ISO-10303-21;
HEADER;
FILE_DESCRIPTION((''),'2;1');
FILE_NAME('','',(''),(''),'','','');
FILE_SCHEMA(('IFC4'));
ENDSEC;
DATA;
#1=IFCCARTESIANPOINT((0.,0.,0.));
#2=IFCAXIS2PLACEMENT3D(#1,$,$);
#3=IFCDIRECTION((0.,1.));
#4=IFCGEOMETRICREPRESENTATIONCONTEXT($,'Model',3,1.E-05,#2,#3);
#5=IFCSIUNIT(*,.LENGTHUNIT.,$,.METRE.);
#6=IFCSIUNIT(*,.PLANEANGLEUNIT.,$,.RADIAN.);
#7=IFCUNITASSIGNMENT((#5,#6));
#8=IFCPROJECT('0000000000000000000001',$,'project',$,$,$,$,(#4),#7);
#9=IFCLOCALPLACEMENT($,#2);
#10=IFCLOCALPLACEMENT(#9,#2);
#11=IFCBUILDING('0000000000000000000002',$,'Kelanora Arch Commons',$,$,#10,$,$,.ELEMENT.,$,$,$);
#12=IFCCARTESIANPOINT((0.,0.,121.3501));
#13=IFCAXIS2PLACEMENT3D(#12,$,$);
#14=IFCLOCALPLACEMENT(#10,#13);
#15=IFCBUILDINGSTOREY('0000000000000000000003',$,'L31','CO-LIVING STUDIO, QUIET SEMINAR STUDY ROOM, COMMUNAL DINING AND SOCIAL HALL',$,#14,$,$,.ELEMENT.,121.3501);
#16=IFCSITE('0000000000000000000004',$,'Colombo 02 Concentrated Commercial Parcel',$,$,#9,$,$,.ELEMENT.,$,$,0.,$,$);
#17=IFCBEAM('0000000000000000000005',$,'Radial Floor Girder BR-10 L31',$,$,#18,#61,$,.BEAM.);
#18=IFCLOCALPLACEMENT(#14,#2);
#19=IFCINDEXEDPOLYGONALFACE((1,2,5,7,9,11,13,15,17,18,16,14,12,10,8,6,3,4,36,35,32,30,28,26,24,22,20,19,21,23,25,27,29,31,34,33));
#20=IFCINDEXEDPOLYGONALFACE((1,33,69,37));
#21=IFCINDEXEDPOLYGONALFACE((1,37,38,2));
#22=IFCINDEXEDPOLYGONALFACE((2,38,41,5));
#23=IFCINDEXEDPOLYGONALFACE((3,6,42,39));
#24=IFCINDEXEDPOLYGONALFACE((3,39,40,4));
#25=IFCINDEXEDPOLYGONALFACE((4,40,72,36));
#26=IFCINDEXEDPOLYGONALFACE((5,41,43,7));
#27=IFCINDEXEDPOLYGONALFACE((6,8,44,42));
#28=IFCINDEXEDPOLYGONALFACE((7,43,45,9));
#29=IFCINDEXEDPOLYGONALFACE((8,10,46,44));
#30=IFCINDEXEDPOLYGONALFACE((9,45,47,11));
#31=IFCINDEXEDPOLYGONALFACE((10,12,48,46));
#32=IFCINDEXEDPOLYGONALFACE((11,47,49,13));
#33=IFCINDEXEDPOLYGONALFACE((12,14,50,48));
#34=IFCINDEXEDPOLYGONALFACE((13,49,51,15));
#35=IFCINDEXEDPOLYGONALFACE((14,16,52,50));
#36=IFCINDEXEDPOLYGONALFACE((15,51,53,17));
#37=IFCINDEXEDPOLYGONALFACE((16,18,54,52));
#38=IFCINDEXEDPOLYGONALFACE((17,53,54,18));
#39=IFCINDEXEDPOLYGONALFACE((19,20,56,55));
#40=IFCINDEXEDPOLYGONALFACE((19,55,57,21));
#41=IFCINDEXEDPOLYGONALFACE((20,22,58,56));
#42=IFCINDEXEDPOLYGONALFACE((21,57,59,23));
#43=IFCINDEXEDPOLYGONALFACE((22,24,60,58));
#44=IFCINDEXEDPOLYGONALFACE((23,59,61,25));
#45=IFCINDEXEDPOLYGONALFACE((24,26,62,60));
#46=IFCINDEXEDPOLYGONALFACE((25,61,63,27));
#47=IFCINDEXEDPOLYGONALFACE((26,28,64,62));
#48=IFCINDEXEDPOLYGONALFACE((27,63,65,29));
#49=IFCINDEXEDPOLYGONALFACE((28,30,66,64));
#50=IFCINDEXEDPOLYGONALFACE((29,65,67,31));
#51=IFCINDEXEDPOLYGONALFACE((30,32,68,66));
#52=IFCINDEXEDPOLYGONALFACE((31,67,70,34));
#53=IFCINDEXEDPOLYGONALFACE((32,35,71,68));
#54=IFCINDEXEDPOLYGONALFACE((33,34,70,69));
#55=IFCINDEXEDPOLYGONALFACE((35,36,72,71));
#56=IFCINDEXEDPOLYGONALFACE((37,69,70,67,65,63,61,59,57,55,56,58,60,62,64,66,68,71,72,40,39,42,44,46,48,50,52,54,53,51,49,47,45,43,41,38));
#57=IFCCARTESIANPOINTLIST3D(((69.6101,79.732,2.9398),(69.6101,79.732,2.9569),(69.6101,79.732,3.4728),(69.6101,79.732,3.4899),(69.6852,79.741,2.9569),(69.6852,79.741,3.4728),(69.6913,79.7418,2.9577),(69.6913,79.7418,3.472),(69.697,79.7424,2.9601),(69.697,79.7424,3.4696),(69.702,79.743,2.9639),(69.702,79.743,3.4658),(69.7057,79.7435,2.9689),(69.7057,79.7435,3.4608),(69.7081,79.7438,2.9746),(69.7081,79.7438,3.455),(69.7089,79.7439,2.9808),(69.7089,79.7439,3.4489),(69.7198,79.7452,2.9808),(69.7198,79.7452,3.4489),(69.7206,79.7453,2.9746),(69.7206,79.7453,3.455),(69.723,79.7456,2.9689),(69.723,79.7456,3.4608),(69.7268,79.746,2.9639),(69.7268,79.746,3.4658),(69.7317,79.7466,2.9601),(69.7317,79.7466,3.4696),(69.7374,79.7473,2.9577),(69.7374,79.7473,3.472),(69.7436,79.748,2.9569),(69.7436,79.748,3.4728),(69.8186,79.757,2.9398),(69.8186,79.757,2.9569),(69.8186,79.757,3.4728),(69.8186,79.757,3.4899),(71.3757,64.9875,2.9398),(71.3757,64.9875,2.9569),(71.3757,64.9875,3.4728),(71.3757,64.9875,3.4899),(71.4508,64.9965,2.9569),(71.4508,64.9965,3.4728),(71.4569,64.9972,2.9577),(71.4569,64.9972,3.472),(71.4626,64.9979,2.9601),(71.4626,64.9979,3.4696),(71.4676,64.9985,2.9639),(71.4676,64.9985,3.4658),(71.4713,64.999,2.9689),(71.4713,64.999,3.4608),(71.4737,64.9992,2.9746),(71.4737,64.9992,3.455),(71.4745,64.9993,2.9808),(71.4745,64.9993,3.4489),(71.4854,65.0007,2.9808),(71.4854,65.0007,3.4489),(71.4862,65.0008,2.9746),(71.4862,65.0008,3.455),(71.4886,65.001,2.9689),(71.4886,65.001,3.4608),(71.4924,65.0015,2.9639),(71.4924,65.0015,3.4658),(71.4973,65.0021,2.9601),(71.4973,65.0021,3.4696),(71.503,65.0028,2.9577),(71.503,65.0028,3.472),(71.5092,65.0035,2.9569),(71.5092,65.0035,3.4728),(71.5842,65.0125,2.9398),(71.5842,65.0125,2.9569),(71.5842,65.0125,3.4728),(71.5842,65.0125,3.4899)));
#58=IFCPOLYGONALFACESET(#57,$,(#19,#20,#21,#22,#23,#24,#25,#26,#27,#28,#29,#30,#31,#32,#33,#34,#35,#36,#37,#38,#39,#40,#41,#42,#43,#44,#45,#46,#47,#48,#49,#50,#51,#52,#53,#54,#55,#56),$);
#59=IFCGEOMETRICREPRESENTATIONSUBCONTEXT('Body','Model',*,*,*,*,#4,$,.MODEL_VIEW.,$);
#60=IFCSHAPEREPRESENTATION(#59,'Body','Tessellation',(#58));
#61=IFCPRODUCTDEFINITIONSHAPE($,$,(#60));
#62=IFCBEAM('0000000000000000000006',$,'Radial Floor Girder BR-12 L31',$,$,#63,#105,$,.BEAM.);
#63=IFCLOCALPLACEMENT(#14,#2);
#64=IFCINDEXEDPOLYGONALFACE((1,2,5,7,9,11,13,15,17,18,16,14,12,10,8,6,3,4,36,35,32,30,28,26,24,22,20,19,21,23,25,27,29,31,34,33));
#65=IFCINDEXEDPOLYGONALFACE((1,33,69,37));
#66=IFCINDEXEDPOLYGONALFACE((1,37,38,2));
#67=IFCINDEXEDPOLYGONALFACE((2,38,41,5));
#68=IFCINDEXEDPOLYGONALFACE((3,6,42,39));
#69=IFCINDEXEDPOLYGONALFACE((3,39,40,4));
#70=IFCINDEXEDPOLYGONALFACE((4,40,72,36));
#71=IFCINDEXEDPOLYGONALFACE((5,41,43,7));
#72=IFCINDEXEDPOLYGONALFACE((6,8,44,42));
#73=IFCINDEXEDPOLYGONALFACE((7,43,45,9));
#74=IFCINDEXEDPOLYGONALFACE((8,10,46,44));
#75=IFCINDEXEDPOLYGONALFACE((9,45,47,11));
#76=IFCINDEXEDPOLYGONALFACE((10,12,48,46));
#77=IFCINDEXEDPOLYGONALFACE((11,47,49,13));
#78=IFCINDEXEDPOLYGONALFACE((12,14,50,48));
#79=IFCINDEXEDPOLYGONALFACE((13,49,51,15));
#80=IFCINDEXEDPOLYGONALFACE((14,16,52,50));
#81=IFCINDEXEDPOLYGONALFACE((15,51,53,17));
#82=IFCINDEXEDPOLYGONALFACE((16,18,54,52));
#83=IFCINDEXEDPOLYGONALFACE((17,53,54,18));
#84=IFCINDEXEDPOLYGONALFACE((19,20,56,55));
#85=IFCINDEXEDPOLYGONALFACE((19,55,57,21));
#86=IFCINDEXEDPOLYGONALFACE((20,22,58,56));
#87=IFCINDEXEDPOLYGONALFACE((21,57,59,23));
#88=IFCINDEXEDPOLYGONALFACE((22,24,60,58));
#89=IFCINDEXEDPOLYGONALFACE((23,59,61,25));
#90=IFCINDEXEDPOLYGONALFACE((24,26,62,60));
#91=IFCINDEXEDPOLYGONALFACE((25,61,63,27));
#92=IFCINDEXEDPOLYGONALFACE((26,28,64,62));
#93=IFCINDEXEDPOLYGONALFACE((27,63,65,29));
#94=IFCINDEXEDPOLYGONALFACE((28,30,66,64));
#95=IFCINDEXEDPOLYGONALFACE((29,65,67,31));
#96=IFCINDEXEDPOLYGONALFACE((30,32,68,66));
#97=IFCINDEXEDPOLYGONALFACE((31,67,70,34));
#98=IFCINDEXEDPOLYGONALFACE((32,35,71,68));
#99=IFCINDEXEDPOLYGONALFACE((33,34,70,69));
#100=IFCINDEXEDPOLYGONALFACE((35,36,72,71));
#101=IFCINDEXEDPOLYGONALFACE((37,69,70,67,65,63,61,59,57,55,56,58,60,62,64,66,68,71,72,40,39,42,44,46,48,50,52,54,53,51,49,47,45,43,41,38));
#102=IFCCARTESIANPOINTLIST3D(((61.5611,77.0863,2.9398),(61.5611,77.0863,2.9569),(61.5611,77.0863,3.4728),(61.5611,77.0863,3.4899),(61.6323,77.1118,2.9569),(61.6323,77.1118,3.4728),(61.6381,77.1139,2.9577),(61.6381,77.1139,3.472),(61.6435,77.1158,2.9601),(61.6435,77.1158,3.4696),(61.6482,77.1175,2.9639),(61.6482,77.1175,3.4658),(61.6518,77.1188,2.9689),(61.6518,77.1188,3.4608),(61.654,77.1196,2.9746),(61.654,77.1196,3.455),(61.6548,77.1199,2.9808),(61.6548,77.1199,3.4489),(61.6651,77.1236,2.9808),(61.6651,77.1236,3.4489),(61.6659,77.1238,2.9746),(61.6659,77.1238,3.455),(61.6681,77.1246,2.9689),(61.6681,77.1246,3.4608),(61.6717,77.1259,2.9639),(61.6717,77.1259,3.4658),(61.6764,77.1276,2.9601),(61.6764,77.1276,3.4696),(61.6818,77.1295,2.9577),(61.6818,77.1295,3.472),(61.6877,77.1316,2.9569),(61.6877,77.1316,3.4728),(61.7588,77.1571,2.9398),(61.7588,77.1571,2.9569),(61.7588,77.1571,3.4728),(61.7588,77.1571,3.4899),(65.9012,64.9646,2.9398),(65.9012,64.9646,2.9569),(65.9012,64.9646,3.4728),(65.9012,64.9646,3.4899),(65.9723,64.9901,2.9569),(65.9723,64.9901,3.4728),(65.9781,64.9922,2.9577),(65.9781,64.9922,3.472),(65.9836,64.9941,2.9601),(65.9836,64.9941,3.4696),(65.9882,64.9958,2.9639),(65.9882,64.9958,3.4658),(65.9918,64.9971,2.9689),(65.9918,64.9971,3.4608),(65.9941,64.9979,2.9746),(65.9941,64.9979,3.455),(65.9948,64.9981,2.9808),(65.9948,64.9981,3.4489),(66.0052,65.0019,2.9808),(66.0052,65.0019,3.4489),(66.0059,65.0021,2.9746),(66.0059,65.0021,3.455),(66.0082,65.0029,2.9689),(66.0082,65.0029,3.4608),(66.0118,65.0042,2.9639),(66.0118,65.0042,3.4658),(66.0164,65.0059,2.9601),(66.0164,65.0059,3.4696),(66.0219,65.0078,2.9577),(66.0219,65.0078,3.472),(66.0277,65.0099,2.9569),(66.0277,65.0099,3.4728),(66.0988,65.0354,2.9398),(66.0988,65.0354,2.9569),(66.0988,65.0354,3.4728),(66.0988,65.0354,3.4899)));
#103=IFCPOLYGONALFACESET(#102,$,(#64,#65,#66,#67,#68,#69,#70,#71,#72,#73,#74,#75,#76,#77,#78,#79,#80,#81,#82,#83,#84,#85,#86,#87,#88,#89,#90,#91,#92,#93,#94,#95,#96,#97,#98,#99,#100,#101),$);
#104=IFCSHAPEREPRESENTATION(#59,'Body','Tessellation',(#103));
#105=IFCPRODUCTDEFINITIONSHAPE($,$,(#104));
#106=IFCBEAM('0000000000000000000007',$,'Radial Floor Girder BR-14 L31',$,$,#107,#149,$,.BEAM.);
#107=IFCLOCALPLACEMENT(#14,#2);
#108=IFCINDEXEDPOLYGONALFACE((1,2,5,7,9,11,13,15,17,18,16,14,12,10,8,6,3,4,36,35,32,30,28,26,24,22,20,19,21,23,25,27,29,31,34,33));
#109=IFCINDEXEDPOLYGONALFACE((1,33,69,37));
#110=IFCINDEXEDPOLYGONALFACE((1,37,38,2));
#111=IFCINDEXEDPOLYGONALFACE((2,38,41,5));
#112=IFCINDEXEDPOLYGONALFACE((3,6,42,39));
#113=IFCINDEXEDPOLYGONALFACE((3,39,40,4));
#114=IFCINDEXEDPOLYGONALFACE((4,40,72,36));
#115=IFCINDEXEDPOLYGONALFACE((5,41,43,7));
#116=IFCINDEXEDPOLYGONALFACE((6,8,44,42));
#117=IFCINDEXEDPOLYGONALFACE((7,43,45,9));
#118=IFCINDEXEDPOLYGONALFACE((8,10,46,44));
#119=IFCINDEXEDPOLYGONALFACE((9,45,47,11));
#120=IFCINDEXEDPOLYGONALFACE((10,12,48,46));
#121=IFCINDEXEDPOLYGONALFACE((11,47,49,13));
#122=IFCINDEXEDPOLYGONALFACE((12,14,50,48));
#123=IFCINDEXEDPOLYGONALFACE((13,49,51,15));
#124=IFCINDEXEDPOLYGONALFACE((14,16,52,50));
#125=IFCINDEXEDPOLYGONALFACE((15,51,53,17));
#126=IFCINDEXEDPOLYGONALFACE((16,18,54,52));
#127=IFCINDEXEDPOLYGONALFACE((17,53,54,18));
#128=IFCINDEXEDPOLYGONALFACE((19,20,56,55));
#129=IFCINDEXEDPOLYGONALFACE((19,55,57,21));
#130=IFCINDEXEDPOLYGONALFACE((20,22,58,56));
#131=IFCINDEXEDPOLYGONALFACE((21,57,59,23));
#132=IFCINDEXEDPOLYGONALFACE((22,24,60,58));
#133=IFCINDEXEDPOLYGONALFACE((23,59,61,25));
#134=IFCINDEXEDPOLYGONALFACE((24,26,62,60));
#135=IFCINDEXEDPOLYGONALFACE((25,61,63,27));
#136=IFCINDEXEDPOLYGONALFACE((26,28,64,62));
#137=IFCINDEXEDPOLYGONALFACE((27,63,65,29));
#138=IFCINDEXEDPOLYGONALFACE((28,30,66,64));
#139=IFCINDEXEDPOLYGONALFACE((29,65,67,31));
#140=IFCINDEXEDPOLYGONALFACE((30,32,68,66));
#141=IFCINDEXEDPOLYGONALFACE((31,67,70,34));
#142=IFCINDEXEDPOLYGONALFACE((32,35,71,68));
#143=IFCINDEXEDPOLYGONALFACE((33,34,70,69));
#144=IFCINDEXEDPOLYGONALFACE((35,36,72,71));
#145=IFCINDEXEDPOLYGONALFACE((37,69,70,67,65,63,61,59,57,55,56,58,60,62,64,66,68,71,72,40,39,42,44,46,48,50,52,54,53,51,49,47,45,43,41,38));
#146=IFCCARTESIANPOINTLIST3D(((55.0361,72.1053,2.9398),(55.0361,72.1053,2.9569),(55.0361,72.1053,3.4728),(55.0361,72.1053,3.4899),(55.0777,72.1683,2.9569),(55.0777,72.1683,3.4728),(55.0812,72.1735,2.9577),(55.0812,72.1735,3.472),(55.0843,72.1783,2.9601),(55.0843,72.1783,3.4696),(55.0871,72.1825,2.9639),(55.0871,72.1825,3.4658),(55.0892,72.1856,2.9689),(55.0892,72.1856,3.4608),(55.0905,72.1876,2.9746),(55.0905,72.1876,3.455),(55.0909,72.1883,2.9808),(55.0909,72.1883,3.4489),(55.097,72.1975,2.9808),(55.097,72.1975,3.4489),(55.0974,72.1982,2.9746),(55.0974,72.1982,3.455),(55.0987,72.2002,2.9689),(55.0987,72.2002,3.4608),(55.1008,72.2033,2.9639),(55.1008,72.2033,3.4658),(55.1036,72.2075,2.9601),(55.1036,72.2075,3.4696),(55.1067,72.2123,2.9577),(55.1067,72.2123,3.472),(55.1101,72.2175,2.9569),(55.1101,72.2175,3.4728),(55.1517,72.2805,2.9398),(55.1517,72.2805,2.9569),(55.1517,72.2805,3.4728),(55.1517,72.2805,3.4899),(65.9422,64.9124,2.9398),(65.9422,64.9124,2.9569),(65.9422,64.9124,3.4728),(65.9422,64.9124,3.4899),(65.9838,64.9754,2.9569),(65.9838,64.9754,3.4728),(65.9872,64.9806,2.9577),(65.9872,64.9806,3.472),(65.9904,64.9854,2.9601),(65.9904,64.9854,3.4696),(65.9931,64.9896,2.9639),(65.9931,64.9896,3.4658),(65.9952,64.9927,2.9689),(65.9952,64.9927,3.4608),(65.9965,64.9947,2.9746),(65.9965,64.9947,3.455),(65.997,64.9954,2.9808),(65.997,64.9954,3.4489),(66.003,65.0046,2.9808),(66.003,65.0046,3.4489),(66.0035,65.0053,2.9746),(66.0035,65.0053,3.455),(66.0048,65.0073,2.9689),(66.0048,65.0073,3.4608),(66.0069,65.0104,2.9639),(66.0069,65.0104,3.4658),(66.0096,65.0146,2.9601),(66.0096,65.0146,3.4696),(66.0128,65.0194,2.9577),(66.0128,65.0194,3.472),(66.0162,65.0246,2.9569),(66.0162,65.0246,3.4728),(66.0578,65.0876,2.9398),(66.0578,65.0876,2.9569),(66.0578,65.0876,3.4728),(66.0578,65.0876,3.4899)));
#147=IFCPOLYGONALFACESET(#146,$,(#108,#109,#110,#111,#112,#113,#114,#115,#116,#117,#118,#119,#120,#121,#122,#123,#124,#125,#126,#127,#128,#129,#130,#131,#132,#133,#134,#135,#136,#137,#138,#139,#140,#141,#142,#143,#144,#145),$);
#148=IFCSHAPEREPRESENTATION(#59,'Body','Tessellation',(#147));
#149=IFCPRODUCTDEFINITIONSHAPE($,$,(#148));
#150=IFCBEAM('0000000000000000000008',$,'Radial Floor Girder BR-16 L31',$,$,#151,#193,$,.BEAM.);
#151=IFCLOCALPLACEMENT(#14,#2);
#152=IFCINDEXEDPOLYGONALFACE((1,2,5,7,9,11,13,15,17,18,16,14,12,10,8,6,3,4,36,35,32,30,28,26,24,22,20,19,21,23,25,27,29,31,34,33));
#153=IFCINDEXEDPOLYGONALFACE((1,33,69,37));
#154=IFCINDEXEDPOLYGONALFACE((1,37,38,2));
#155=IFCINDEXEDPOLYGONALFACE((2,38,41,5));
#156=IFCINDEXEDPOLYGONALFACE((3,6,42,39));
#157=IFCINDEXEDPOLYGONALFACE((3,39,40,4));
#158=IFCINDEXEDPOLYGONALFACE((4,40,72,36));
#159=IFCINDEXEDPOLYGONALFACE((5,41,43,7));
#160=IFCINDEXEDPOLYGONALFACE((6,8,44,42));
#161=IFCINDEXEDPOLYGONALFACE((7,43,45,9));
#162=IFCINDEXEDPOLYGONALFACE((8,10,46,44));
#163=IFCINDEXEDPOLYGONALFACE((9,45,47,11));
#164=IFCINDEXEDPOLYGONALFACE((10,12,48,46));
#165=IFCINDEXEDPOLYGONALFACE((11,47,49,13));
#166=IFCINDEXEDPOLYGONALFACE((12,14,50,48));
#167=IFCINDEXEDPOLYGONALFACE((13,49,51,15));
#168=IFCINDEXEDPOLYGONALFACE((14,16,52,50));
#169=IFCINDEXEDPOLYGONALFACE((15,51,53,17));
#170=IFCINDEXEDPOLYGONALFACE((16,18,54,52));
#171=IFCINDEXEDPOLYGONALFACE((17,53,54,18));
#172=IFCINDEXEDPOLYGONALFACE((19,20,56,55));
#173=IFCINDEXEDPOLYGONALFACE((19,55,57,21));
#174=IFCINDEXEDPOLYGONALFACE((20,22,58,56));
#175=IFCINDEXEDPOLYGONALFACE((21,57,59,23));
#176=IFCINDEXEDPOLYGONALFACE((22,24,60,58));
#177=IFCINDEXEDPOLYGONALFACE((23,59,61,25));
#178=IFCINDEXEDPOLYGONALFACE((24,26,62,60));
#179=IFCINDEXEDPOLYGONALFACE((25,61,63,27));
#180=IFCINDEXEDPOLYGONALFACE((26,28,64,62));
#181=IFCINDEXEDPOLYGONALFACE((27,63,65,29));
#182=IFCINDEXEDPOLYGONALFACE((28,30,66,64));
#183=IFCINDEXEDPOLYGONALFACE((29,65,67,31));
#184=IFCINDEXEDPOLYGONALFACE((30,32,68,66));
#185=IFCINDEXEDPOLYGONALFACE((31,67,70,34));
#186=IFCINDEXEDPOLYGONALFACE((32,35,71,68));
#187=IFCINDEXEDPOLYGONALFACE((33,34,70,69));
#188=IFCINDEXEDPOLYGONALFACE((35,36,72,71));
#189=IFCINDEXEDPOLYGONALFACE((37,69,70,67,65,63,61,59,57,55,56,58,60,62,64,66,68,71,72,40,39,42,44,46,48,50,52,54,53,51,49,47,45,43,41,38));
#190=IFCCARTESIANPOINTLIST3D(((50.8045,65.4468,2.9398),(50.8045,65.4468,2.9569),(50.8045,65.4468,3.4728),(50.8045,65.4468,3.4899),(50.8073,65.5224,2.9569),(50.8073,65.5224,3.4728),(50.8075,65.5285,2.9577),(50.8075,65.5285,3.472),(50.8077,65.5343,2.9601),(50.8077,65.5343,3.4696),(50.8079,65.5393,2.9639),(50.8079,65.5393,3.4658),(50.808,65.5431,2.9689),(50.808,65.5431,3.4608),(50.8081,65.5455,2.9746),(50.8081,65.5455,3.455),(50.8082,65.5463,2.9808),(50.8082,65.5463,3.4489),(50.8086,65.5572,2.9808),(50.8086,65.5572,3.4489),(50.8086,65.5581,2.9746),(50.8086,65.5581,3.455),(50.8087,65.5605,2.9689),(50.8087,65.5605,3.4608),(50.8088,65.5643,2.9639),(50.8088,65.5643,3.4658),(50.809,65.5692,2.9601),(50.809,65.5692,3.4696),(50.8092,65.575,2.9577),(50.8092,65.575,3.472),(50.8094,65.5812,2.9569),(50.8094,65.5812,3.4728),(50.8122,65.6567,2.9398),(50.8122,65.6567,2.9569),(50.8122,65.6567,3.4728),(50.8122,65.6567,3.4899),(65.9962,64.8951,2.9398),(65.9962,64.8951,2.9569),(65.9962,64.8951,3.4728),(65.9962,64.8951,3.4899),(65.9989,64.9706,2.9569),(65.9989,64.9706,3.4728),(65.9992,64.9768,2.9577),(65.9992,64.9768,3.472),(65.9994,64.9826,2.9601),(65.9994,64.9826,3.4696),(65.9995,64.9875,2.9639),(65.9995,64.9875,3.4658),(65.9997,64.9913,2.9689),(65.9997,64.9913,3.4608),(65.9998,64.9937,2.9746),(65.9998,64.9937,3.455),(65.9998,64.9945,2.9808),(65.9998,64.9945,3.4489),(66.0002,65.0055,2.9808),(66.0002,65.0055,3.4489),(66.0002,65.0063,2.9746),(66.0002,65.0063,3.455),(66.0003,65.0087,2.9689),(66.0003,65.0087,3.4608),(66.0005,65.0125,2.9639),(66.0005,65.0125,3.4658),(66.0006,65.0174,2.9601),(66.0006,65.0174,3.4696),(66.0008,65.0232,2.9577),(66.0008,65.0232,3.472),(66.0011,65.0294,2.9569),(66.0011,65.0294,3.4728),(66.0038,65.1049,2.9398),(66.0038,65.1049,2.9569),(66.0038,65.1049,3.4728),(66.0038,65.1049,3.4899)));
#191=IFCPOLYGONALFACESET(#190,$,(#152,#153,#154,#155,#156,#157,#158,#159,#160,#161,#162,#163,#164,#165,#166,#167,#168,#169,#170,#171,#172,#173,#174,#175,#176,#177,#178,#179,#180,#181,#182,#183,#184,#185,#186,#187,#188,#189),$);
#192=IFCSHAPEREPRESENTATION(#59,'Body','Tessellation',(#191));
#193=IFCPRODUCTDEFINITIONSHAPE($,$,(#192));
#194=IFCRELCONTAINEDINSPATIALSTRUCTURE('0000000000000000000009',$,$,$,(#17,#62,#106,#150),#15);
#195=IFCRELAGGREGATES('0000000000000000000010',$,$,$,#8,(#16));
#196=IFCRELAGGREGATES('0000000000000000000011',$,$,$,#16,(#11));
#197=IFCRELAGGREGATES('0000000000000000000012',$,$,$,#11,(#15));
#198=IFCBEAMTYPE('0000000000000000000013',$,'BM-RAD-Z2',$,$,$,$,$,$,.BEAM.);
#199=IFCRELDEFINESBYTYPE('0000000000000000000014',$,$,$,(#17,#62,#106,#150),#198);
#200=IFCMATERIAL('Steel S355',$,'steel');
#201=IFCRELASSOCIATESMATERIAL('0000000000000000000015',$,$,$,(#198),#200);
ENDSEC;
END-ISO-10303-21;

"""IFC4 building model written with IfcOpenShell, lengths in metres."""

from ifc_helpers import new_model, si_unit, direction, frame, origin, origin_2d, place, context, subcontext, project, spatial, i_section, extrude, material, material_profile, profile_set, type_object, element, save


model = new_model("IFC4")

# Units and contexts
model_context = context("Model", 3, precision=1e-05, world=origin(), true_north=direction((0.0, 1.0)))
body_context = subcontext(model_context, "Body", "Model", "MODEL_VIEW")
ifc_project = project(units=[si_unit("LENGTHUNIT", "METRE"), si_unit("PLANEANGLEUNIT", "RADIAN")], contexts=[model_context])

# Site, building, storey
site_placement = place(None, origin())
site = spatial("IfcSite", under=ifc_project, at=site_placement, Name="Colombo 02 Concentrated Commercial Parcel", CompositionType="ELEMENT", RefElevation=0.0)
building_placement = place(site_placement, origin())
building = spatial("IfcBuilding", under=site, at=building_placement, Name="Kelanora Arch Commons", CompositionType="ELEMENT")
storey_placement = place(building_placement, frame((0.0, 0.0, 121.3501)))
storey = spatial("IfcBuildingStorey", under=building, at=storey_placement, Name="L31", Description="CO-LIVING STUDIO, QUIET SEMINAR STUDY ROOM, COMMUNAL DINING AND SOCIAL HALL", CompositionType="ELEMENT", Elevation=121.3501)

# Beams
ifc_material_1 = material(Name="Steel S355", Category="steel")
ifc_material_profile_1 = material_profile(ifc_material_1, i_section(OverallWidth=0.21, OverallDepth=0.55, WebThickness=0.011, FlangeThickness=0.0171, FilletRadius=0.0239, at=origin_2d()), Name="IPE550")
ifc_profile_set_1 = profile_set([ifc_material_profile_1], Name="Steel S355")
beam_type_1 = type_object("IfcBeamType", Name="BM-RAD-Z2", PredefinedType="BEAM", material=ifc_profile_set_1)
beam_1_placement = place(storey_placement, frame((71.48, 65.0, 3.2148), z_axis=(-0.118898, 0.992907, 0.0), x_axis=(-0.992907, -0.118898, 0.0)))
element("IfcBeam", 1, at=beam_1_placement, inside=storey, type_object=beam_type_1, Name="Radial Floor Girder BR-10 L31", PredefinedType="BEAM", context=body_context, shape_type="SweptSolid", body=[
    extrude(i_section(OverallWidth=0.21, OverallDepth=0.55, WebThickness=0.011, FlangeThickness=0.0171, FilletRadius=0.0239, at=origin_2d()), origin(), (0.0, 0.0, 1.0), 14.8499),
])
beam_2_placement = place(storey_placement, frame((66.0, 65.0, 3.2148), z_axis=(-0.337085, 0.941474, 0.0), x_axis=(-0.941474, -0.337085, 0.0)))
element("IfcBeam", 2, at=beam_2_placement, inside=storey, type_object=beam_type_1, Name="Radial Floor Girder BR-12 L31", PredefinedType="BEAM", context=body_context, shape_type="SweptSolid", body=[
    extrude(i_section(OverallWidth=0.21, OverallDepth=0.55, WebThickness=0.011, FlangeThickness=0.0171, FilletRadius=0.0239, at=origin_2d()), origin(), (0.0, 0.0, 1.0), 12.8752),
])
beam_3_placement = place(storey_placement, frame((66.0, 65.0, 3.2148), z_axis=(-0.834789, 0.550571, 0.0), x_axis=(-0.550571, -0.834789, 0.0)))
element("IfcBeam", 3, at=beam_3_placement, inside=storey, type_object=beam_type_1, Name="Radial Floor Girder BR-14 L31", PredefinedType="BEAM", context=body_context, shape_type="SweptSolid", body=[
    extrude(i_section(OverallWidth=0.21, OverallDepth=0.55, WebThickness=0.011, FlangeThickness=0.0171, FilletRadius=0.0239, at=origin_2d()), origin(), (0.0, 0.0, 1.0), 13.0645),
])
beam_4_placement = place(storey_placement, frame((66.0, 65.0, 3.2148), z_axis=(-0.999341, 0.036296, 0.0), x_axis=(-0.036296, -0.999341, 0.0)))
element("IfcBeam", 4, at=beam_4_placement, inside=storey, type_object=beam_type_1, Name="Radial Floor Girder BR-16 L31", PredefinedType="BEAM", context=body_context, shape_type="SweptSolid", body=[
    extrude(i_section(OverallWidth=0.21, OverallDepth=0.55, WebThickness=0.011, FlangeThickness=0.0171, FilletRadius=0.0239, at=origin_2d()), origin(), (0.0, 0.0, 1.0), 15.2017),
])

save(model, "model.ifc")
